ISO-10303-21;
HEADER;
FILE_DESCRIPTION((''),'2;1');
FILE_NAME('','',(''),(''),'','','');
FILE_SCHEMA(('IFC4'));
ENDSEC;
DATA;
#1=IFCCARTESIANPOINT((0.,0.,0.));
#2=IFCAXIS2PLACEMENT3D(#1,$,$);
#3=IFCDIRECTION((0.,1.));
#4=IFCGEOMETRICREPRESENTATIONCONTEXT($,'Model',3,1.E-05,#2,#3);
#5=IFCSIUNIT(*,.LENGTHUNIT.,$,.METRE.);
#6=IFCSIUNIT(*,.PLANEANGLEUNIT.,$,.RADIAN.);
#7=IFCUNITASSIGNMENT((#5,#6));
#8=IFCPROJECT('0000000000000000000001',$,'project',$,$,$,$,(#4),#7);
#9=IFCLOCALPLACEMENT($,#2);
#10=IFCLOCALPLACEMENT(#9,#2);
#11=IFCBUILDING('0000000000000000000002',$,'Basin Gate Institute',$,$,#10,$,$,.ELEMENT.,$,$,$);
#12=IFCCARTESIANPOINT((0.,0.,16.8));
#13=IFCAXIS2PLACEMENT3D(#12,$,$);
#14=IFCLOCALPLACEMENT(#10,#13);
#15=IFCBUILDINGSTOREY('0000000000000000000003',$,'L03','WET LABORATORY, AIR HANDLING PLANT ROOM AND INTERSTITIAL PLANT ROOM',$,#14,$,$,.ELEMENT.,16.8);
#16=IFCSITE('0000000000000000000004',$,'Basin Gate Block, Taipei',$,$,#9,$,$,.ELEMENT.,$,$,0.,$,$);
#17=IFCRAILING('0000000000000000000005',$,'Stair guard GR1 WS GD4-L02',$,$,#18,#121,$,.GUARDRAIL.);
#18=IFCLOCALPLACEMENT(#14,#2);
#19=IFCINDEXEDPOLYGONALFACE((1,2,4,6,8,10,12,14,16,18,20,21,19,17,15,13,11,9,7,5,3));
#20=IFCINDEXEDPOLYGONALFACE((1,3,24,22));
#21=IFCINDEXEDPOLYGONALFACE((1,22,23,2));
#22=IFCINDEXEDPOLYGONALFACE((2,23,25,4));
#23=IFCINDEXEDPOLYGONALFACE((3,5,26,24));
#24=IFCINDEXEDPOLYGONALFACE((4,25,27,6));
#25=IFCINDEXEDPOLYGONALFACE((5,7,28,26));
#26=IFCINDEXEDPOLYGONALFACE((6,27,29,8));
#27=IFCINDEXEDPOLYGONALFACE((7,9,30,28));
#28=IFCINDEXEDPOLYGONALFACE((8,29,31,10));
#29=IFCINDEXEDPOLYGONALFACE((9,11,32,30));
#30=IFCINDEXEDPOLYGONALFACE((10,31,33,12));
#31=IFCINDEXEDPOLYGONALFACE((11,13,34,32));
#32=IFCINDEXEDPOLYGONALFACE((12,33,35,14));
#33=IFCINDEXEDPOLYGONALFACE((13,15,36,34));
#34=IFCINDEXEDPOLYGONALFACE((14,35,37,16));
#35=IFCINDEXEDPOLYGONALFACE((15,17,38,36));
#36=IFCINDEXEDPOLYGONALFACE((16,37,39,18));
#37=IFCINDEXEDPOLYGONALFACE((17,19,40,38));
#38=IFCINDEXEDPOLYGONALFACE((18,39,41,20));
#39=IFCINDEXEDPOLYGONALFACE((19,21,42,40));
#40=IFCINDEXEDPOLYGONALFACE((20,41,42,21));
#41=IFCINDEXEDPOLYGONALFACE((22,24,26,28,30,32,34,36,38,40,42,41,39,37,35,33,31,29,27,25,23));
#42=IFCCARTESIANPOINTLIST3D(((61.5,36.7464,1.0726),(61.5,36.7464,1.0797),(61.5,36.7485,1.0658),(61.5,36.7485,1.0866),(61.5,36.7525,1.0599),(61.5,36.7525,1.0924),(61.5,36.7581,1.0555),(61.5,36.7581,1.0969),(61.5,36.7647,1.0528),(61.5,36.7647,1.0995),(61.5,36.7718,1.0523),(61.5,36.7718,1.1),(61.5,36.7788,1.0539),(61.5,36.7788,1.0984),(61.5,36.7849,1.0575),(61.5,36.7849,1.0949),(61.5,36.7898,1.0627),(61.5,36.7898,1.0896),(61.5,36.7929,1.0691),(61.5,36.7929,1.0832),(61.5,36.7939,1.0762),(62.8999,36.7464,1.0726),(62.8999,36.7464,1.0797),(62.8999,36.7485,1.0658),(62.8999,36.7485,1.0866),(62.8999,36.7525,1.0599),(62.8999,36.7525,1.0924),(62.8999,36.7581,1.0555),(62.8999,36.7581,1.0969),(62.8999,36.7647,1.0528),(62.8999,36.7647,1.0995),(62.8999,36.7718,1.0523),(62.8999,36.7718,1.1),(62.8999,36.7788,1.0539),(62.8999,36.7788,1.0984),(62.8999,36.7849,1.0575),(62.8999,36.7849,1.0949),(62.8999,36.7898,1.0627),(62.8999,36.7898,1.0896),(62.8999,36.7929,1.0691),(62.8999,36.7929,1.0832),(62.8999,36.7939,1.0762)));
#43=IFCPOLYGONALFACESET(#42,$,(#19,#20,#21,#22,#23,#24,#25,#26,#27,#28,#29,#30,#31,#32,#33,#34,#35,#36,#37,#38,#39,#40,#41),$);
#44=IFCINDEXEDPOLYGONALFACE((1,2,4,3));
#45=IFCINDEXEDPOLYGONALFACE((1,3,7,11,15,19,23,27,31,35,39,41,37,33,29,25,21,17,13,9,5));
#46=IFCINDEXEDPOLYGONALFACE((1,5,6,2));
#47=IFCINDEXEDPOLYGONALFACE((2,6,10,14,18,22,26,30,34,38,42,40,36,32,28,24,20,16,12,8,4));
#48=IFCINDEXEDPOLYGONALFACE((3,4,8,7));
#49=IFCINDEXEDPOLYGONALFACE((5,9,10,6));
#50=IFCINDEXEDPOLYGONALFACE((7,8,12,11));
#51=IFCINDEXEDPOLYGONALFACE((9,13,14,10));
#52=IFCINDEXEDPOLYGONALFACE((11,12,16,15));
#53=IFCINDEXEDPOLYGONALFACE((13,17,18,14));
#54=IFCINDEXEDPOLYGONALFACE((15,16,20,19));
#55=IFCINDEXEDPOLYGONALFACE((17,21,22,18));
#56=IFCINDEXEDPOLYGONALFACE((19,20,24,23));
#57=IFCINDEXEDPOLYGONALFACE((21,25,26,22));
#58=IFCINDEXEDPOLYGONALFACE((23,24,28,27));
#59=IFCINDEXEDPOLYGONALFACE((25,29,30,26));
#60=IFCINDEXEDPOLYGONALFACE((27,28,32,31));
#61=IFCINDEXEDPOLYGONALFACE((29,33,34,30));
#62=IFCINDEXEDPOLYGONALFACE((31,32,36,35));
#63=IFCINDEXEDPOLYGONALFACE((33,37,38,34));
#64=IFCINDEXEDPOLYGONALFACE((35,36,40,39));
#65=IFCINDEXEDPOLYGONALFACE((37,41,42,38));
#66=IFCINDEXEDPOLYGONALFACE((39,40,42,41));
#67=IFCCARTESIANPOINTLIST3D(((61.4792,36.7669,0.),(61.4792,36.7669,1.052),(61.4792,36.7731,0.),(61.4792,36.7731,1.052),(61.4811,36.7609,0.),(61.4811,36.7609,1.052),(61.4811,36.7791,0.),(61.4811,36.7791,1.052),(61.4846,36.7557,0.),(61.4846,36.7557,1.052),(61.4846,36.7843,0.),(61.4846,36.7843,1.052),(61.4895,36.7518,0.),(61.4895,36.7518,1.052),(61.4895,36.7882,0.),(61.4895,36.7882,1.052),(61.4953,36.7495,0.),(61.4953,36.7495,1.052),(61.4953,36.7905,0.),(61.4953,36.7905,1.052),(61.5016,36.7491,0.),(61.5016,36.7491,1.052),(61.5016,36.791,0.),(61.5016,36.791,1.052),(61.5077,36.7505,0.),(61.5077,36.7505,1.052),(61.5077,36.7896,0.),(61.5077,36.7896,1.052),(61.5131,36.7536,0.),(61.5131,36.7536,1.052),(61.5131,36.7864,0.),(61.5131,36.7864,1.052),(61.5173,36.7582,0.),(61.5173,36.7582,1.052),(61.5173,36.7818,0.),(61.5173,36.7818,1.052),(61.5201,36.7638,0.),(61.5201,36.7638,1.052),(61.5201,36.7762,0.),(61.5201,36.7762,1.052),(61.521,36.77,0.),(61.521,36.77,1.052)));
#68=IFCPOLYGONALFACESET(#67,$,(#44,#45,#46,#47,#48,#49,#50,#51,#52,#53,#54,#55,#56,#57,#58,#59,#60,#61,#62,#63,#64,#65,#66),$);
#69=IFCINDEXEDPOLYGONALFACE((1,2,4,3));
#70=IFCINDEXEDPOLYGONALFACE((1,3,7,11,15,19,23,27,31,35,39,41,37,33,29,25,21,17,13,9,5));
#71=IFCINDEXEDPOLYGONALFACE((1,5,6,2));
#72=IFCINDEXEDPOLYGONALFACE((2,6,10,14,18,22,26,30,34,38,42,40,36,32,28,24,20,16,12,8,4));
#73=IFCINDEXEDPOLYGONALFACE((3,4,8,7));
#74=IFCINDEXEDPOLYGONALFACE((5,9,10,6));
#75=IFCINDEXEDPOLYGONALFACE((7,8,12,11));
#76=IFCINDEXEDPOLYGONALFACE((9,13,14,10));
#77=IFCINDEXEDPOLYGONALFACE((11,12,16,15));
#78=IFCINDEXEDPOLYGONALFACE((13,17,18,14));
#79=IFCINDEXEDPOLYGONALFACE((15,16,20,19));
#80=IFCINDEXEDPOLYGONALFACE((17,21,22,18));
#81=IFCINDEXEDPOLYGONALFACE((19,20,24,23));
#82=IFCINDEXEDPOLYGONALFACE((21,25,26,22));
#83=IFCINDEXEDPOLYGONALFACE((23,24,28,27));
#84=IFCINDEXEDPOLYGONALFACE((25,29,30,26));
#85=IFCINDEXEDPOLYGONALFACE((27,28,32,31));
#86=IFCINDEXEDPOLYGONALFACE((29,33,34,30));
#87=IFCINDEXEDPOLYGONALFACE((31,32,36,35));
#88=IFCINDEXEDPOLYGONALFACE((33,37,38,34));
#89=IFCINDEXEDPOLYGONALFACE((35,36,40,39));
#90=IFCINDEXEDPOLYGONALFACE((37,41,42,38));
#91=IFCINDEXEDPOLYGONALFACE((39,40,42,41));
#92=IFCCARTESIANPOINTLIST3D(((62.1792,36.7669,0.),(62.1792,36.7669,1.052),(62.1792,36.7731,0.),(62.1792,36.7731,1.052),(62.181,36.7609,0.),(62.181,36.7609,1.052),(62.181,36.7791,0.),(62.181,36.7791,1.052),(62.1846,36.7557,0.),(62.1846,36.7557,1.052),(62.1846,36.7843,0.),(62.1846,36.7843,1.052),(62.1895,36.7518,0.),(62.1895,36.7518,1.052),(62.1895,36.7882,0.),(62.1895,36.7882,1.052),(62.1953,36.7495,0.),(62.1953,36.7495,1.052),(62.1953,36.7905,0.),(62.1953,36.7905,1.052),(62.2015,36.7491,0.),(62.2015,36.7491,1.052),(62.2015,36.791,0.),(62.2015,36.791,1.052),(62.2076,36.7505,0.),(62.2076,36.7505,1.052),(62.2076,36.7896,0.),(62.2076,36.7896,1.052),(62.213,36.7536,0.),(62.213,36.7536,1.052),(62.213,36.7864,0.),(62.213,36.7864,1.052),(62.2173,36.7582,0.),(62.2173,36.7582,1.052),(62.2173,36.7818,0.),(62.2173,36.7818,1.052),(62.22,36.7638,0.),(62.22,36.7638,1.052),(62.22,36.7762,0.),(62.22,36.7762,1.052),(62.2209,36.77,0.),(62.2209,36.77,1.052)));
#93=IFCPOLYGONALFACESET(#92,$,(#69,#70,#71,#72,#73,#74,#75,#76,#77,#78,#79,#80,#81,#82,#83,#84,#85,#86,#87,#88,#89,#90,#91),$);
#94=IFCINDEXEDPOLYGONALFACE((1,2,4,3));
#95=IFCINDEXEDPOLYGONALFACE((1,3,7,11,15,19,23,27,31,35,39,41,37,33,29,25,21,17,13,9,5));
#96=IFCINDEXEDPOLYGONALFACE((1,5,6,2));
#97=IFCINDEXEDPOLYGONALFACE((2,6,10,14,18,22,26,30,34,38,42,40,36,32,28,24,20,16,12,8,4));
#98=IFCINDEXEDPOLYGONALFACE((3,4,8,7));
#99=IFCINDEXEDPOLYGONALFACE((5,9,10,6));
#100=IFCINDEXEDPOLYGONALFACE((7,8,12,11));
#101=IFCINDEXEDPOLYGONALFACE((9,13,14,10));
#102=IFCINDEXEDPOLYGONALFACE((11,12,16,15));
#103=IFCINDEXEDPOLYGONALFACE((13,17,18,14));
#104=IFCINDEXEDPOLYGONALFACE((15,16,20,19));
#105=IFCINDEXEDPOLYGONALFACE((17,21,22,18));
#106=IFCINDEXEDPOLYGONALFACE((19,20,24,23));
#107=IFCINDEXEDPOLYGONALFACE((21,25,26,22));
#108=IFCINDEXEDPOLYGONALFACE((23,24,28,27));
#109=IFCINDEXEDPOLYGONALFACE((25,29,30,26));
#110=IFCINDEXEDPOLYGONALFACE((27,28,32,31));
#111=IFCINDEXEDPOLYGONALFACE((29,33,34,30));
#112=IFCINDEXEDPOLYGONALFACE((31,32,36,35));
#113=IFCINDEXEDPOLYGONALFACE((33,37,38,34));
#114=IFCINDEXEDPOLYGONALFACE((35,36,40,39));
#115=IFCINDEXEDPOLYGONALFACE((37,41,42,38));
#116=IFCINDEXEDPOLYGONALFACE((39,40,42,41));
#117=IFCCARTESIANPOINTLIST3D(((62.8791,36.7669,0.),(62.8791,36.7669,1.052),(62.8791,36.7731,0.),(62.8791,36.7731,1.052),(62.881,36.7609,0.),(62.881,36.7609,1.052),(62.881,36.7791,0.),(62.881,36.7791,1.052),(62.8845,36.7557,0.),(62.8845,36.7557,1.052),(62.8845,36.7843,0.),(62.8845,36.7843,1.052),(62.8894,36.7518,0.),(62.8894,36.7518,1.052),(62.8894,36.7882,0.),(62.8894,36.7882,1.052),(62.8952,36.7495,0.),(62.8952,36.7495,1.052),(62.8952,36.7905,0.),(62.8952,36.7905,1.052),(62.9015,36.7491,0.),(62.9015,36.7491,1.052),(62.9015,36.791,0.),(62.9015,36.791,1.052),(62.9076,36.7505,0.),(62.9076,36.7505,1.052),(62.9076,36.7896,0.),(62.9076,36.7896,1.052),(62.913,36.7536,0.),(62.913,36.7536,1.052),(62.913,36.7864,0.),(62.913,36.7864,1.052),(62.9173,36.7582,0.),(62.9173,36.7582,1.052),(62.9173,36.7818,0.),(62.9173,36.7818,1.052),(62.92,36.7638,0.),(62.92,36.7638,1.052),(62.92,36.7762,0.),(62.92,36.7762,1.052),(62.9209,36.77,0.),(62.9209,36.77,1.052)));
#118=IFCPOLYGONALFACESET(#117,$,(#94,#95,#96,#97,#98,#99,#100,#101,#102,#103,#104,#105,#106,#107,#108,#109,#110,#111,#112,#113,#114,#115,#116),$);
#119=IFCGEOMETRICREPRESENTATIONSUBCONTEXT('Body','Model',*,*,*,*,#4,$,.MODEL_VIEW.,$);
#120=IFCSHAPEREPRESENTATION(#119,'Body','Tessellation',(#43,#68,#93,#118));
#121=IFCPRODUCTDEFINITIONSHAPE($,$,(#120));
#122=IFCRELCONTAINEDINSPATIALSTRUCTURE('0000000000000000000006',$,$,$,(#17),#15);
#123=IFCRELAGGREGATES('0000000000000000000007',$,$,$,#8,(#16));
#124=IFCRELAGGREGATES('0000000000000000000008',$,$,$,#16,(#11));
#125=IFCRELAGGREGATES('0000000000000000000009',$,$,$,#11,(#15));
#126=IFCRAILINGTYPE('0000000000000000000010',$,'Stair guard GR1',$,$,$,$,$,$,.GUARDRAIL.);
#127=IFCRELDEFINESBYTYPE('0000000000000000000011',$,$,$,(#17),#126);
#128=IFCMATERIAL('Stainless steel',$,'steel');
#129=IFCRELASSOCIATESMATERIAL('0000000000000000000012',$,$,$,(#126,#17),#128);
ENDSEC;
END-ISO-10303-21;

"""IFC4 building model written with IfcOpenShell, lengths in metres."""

from ifc_helpers import new_model, si_unit, direction, frame, origin, origin_2d, place, context, subcontext, project, spatial, circle, extrude, material, type_object, element, save


model = new_model("IFC4")

# Units and contexts
model_context = context("Model", 3, precision=1e-05, world=origin(), true_north=direction((0.0, 1.0)))
body_context = subcontext(model_context, "Body", "Model", "MODEL_VIEW")
ifc_project = project(units=[si_unit("LENGTHUNIT", "METRE"), si_unit("PLANEANGLEUNIT", "RADIAN")], contexts=[model_context])

# Site, building, storey
site_placement = place(None, origin())
site = spatial("IfcSite", under=ifc_project, at=site_placement, Name="Basin Gate Block, Taipei", CompositionType="ELEMENT", RefElevation=0.0)
building_placement = place(site_placement, origin())
building = spatial("IfcBuilding", under=site, at=building_placement, Name="Basin Gate Institute", CompositionType="ELEMENT")
storey_placement = place(building_placement, frame((0.0, 0.0, 16.8)))
storey = spatial("IfcBuildingStorey", under=building, at=storey_placement, Name="L03", Description="WET LABORATORY, AIR HANDLING PLANT ROOM AND INTERSTITIAL PLANT ROOM", CompositionType="ELEMENT", Elevation=16.8)

# Railing
ifc_material_1 = material(Name="Stainless steel", Category="steel")
railing_type_1 = type_object("IfcRailingType", Name="Stair guard GR1", PredefinedType="GUARDRAIL", material=ifc_material_1)
railing_1_placement = place(storey_placement, frame((61.5, 36.77, 0.0)))
element("IfcRailing", 1, at=railing_1_placement, inside=storey, type_object=railing_type_1, material=ifc_material_1, Name="Stair guard GR1 WS GD4-L02", PredefinedType="GUARDRAIL", context=body_context, shape_type="SweptSolid", body=[
    extrude(circle(Radius=0.0239, at=origin_2d()), frame((0.0, 0.0, 1.0762), z_axis=(1.0, 0.0, 0.0), x_axis=(0.0, 1.0, 0.0)), (0.0, 0.0, 1.0), 1.3999),
    extrude(circle(Radius=0.021, at=origin_2d()), origin(), (0.0, 0.0, 1.0), 1.052),
    extrude(circle(Radius=0.021, at=origin_2d()), frame((0.7, 0.0, 0.0)), (0.0, 0.0, 1.0), 1.052),
    extrude(circle(Radius=0.021, at=origin_2d()), frame((1.3999, 0.0, 0.0)), (0.0, 0.0, 1.0), 1.052),
])

save(model, "model.ifc")
